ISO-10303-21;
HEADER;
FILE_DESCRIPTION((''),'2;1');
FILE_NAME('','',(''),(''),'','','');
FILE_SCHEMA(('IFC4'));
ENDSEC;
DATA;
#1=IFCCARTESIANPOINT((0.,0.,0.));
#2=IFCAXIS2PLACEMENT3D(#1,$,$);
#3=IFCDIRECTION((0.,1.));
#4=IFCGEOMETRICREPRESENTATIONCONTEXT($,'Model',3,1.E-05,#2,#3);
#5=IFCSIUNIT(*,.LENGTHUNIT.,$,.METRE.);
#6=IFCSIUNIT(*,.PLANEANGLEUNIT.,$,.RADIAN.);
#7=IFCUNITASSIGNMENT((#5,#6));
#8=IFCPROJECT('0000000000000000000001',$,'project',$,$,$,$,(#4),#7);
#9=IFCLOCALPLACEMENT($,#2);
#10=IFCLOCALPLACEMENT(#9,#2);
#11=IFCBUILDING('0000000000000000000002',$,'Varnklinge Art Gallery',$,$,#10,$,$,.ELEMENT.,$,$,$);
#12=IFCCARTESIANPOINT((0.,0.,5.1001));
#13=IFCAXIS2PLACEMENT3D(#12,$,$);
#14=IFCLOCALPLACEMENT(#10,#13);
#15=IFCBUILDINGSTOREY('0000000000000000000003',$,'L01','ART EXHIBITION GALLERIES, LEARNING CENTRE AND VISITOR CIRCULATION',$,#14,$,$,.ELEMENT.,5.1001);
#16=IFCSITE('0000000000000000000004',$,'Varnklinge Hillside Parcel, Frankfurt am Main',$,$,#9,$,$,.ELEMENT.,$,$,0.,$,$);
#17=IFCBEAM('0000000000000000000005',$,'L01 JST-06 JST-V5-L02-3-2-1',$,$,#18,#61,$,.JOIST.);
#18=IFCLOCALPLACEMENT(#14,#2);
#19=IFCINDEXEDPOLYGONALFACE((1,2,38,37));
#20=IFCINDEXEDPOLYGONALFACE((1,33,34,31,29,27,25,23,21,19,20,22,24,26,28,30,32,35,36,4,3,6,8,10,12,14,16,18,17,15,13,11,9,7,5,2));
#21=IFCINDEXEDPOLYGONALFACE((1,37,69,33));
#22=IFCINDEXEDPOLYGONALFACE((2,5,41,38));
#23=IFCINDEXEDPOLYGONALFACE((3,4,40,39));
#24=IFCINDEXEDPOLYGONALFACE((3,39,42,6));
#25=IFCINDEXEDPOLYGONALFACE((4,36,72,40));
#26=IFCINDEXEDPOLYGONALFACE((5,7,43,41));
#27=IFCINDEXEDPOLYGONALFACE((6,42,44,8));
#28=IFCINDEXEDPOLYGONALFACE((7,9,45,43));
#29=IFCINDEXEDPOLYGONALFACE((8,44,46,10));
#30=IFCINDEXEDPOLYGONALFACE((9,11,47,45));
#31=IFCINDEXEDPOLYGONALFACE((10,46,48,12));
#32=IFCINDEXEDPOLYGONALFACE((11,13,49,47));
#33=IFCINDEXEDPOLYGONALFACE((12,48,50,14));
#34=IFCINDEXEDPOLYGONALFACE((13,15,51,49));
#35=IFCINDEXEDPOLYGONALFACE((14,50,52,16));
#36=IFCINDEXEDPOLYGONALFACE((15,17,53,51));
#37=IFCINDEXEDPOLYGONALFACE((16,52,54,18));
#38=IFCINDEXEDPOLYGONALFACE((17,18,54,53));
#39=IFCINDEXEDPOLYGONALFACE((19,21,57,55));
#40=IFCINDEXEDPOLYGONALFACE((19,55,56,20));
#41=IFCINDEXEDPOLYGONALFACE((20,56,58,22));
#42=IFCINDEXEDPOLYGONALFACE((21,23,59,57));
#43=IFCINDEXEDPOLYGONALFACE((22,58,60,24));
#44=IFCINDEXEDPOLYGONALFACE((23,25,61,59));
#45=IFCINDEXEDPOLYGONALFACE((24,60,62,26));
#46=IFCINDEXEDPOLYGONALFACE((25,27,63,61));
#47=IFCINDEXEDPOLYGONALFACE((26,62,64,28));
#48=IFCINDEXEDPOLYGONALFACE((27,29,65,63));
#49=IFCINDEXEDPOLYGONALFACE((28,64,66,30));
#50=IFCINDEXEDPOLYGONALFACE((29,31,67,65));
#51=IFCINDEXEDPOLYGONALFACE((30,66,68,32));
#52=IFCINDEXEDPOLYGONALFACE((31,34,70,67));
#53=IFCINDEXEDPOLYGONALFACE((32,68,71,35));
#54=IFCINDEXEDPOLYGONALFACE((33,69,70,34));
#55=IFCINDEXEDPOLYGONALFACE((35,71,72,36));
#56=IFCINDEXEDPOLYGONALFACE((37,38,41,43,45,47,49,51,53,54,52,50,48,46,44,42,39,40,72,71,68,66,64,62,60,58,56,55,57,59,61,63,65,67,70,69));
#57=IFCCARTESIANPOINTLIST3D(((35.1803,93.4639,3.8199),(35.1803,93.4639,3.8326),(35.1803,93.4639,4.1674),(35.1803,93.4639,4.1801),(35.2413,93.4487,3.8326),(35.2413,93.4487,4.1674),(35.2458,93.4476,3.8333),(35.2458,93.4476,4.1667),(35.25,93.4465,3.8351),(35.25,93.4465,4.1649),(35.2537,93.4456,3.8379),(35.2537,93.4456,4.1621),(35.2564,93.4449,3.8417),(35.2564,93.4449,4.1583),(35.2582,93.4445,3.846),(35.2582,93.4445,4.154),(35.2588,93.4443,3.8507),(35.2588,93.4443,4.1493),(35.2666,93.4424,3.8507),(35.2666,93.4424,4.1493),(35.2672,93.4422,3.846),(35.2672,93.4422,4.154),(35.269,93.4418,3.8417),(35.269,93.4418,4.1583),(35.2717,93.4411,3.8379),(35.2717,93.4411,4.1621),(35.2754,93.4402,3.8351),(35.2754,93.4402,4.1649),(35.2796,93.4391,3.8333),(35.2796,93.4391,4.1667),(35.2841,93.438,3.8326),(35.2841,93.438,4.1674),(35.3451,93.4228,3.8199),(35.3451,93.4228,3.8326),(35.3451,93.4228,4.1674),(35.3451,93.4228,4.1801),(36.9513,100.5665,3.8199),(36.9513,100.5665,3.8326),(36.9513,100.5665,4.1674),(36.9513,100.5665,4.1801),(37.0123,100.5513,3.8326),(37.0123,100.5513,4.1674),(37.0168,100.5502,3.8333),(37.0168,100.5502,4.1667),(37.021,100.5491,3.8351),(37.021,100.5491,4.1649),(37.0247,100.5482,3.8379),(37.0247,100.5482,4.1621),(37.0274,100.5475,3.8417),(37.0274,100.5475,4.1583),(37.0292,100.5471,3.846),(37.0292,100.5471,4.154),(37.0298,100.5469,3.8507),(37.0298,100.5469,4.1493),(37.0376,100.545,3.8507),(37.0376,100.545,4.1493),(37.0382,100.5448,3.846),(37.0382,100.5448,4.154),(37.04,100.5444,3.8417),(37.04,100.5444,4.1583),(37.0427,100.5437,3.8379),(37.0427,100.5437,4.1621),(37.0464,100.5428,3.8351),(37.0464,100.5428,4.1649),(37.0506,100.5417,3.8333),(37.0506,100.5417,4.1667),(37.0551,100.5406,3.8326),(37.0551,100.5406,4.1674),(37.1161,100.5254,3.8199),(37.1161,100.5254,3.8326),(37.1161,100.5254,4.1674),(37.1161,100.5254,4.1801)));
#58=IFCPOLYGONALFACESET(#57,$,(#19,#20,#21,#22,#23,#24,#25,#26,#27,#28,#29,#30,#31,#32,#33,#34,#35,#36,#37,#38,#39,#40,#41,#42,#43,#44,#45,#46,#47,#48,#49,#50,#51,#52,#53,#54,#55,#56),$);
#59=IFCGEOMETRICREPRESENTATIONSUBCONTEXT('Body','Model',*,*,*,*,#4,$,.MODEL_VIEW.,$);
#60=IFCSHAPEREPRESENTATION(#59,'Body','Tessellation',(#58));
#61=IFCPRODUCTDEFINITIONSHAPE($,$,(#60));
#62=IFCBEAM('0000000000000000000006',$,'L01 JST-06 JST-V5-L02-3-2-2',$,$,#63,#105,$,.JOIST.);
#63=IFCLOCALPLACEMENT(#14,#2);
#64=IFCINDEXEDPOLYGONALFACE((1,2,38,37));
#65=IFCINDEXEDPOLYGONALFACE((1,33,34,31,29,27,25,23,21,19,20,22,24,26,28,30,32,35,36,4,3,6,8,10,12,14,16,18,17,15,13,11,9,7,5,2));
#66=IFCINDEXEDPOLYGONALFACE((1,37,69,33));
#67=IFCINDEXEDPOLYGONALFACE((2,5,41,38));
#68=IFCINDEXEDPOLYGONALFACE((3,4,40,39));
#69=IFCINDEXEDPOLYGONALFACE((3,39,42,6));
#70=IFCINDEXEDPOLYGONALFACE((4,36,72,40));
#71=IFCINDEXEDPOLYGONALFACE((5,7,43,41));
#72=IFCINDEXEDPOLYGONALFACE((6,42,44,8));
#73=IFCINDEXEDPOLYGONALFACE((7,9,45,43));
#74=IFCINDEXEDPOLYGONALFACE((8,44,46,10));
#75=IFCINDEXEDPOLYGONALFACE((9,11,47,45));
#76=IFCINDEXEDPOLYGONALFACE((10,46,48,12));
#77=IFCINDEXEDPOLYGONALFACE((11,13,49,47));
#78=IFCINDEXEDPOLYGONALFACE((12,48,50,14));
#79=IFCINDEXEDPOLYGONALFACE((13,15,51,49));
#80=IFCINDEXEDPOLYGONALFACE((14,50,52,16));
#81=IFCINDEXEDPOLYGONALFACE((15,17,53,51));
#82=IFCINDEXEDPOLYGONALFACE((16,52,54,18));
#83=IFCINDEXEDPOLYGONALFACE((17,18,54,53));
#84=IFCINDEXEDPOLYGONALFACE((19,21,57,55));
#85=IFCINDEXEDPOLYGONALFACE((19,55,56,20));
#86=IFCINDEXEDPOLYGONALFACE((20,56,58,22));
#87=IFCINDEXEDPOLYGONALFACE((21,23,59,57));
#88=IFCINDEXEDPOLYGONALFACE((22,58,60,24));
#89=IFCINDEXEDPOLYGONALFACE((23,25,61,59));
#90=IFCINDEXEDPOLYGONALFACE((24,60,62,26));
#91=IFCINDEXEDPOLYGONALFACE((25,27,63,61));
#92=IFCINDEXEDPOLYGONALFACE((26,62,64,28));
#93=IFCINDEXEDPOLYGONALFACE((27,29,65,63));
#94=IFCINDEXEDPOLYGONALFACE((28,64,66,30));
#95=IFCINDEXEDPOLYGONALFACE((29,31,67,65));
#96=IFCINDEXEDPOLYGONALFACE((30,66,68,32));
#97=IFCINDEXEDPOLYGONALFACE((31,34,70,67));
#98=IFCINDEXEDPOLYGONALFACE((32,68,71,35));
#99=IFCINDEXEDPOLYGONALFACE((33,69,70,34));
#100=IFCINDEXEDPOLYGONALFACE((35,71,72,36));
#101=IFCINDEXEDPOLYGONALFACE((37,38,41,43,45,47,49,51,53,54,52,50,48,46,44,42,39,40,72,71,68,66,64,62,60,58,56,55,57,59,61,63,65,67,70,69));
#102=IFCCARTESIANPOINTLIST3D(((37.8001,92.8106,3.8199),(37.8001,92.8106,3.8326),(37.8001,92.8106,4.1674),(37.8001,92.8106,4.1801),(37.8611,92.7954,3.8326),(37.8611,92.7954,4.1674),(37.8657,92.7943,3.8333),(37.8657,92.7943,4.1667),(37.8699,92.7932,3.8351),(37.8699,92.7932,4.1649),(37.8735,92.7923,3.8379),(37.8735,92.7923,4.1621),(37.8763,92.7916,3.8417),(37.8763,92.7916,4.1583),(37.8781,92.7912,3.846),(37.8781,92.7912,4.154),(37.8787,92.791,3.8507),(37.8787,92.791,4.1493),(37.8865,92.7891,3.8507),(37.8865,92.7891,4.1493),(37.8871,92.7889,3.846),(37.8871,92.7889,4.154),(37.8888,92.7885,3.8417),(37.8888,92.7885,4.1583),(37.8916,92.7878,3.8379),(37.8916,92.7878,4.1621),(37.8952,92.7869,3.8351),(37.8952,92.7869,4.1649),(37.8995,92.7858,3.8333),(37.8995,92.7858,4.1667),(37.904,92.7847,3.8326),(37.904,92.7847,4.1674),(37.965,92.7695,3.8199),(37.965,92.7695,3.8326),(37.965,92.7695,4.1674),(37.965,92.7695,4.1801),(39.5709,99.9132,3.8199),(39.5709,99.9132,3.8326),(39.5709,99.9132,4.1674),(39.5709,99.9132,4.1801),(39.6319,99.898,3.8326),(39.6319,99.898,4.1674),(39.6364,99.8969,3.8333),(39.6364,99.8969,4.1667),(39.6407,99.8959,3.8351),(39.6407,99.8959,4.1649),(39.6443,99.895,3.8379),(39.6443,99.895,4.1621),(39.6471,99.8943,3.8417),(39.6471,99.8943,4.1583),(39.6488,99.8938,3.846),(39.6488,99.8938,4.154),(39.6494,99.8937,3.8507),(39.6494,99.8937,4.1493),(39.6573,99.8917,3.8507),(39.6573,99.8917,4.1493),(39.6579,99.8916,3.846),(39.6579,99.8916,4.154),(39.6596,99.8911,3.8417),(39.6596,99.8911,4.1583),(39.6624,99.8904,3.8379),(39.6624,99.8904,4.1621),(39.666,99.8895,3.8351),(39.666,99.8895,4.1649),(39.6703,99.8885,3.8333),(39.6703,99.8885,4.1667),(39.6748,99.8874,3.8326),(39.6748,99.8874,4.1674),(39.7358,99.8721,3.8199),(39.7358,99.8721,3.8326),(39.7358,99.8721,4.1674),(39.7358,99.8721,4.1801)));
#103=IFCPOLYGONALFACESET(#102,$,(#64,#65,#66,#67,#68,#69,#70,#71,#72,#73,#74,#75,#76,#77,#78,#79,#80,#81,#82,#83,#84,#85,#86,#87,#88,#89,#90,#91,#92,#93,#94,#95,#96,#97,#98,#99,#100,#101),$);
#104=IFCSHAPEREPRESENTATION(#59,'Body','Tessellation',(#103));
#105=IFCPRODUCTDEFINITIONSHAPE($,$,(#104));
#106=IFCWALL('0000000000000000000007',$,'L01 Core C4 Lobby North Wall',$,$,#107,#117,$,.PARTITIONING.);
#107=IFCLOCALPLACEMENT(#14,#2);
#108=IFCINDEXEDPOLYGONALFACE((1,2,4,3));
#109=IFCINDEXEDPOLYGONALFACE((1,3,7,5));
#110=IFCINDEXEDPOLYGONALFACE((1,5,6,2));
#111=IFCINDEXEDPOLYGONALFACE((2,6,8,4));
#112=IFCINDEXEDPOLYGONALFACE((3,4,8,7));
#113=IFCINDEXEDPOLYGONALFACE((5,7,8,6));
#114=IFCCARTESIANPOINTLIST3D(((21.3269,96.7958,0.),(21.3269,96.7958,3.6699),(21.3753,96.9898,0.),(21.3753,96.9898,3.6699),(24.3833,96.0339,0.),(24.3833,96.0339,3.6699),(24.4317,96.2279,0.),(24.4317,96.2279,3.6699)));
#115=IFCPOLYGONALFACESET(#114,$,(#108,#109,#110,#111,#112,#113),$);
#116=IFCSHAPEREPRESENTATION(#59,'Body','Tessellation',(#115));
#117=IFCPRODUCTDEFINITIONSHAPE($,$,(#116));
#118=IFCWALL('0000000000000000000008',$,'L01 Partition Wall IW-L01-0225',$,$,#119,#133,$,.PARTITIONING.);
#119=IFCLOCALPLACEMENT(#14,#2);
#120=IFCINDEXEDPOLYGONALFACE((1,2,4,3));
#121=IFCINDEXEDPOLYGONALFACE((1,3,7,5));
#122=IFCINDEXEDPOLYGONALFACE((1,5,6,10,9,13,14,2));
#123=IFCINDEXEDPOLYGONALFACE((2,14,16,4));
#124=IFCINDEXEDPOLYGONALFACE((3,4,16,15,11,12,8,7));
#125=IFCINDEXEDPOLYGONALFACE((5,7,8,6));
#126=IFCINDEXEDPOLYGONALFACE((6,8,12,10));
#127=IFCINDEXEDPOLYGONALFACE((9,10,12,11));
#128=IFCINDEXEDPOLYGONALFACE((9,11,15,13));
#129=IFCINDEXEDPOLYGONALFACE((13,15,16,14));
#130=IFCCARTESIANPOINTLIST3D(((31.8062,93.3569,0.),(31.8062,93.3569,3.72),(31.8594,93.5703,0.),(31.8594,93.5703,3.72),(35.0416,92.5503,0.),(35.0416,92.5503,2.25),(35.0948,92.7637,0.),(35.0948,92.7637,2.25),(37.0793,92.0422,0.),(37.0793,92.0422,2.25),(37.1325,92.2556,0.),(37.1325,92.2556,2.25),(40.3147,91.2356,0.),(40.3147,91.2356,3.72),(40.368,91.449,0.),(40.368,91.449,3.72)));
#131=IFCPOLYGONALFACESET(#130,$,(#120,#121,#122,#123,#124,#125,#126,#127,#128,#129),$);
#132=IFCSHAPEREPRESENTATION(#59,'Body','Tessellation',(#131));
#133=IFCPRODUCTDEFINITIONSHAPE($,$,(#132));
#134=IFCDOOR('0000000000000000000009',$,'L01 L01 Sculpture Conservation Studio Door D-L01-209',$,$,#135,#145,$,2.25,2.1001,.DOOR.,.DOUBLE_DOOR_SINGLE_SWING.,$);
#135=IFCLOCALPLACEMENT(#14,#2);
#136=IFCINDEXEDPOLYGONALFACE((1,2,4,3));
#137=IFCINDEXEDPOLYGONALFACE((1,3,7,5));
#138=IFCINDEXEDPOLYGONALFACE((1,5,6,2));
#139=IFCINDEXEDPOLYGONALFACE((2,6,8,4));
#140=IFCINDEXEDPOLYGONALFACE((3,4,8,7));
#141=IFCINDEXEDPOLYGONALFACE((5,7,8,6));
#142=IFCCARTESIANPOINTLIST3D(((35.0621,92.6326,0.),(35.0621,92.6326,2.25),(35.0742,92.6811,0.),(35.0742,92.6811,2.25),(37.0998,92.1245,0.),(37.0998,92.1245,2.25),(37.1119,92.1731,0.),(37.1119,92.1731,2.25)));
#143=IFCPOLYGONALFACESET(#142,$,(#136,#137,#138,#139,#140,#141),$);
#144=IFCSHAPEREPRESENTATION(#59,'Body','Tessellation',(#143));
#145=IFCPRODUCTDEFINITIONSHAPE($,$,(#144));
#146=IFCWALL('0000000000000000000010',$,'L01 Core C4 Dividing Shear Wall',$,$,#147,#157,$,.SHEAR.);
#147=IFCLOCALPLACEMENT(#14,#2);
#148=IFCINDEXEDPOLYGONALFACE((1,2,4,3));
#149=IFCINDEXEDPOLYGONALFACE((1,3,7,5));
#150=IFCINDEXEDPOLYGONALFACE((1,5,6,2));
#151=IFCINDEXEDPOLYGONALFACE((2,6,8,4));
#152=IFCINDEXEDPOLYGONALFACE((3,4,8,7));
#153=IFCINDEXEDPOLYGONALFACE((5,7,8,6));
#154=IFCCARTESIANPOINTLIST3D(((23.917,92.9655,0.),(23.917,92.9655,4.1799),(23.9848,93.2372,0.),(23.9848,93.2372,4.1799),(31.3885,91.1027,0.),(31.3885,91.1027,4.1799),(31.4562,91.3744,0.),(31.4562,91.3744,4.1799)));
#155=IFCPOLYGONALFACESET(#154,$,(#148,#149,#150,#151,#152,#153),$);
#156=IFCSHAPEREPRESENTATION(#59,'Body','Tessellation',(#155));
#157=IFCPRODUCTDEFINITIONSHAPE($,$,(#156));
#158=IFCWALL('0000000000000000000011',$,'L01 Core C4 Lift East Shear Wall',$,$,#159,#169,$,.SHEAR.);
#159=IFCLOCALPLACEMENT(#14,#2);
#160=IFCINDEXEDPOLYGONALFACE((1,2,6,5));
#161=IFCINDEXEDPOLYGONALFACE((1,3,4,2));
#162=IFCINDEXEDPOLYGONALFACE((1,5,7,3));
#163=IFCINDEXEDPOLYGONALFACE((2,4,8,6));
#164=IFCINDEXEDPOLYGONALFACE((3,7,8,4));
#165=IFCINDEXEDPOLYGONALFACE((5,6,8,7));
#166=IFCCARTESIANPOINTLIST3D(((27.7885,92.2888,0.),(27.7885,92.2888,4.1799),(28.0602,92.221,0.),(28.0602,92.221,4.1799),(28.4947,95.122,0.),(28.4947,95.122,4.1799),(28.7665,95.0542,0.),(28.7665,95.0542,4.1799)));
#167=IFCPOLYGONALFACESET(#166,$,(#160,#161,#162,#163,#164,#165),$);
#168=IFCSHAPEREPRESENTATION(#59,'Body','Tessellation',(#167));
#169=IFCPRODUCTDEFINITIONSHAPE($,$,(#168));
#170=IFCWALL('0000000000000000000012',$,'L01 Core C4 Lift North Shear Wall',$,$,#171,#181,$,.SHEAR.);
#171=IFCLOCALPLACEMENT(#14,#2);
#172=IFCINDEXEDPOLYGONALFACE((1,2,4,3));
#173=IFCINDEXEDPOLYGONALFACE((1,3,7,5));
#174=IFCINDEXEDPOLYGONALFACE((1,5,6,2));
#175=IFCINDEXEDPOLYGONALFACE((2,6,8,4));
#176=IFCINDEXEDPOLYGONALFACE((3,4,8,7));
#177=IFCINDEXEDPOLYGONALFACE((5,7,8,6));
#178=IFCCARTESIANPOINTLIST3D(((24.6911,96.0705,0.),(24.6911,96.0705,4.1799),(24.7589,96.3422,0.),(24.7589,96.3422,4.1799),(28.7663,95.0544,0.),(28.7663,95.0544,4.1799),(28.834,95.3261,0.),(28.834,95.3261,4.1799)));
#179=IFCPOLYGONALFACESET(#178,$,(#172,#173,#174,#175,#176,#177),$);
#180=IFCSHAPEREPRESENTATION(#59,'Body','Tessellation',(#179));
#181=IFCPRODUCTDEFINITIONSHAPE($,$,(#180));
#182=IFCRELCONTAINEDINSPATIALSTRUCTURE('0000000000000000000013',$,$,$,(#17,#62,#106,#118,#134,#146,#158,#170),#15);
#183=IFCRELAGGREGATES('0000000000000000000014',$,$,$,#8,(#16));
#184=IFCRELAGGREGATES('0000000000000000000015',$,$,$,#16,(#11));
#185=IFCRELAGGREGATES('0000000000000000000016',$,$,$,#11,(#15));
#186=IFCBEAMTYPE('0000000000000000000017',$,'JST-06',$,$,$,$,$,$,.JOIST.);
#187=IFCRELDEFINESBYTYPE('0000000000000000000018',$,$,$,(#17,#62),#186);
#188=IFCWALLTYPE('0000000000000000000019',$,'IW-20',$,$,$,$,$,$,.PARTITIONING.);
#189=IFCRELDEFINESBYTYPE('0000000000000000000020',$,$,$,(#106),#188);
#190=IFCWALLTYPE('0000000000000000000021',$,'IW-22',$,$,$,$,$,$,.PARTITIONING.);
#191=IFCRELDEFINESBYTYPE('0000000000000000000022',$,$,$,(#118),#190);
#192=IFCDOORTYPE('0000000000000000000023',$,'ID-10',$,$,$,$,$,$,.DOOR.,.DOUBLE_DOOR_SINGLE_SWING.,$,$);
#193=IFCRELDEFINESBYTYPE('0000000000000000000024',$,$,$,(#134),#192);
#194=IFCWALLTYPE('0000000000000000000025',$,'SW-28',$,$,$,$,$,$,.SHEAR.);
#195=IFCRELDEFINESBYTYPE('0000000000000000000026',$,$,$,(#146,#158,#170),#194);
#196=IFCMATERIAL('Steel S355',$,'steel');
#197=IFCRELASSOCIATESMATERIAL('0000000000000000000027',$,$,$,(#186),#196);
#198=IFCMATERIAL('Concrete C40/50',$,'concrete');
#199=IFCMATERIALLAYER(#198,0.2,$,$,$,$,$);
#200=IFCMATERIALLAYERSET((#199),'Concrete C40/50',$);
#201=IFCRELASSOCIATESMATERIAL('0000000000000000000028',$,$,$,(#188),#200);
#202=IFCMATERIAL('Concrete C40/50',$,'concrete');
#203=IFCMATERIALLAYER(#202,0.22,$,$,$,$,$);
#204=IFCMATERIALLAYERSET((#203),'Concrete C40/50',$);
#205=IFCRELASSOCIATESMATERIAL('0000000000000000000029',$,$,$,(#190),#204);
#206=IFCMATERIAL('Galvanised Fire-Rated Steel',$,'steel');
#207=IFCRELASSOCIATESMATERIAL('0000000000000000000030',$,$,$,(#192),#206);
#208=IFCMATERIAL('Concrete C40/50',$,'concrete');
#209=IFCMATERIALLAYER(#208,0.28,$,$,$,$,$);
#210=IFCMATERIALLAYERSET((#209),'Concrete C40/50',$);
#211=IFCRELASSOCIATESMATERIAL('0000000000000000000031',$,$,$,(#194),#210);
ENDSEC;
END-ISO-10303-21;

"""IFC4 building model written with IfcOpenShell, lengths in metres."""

from ifc_helpers import new_model, si_unit, direction, frame, frame_2d, origin, origin_2d, place, context, subcontext, project, spatial, rectangle, i_section, extrude, material, layer, layer_set, material_profile, profile_set, type_object, element, fill, save


model = new_model("IFC4")

# Units and contexts
model_context = context("Model", 3, precision=1e-05, world=origin(), true_north=direction((0.0, 1.0)))
body_context = subcontext(model_context, "Body", "Model", "MODEL_VIEW")
ifc_project = project(units=[si_unit("LENGTHUNIT", "METRE"), si_unit("PLANEANGLEUNIT", "RADIAN")], contexts=[model_context])

# Site, building, storey
site_placement = place(None, origin())
site = spatial("IfcSite", under=ifc_project, at=site_placement, Name="Varnklinge Hillside Parcel, Frankfurt am Main", CompositionType="ELEMENT", RefElevation=0.0)
building_placement = place(site_placement, origin())
building = spatial("IfcBuilding", under=site, at=building_placement, Name="Varnklinge Art Gallery", CompositionType="ELEMENT")
storey_placement = place(building_placement, frame((0.0, 0.0, 5.1001)))
storey = spatial("IfcBuildingStorey", under=building, at=storey_placement, Name="L01", Description="ART EXHIBITION GALLERIES, LEARNING CENTRE AND VISITOR CIRCULATION", CompositionType="ELEMENT", Elevation=5.1001)

# Beams
ifc_material_1 = material(Name="Steel S355", Category="steel")
ifc_material_profile_1 = material_profile(ifc_material_1, i_section(OverallWidth=0.1699, OverallDepth=0.3601, WebThickness=0.0081, FlangeThickness=0.0127, FilletRadius=0.0181, at=origin_2d()), Name="IPE 360")
ifc_profile_set_1 = profile_set([ifc_material_profile_1], Name="Steel S355")
beam_type_1 = type_object("IfcBeamType", Name="JST-06", PredefinedType="JOIST", material=ifc_profile_set_1)
for number, where, z_axis, x_axis, name in (
    (1, (35.2627, 93.4434, 4.0), (0.241939, 0.970291, 0.0), (-0.970291, 0.241939, 0.0), "L01 JST-06 JST-V5-L02-3-2-1"),
    (2, (37.8826, 92.79, 4.0), (0.241908, 0.970299, 0.0), (-0.970299, 0.241908, 0.0), "L01 JST-06 JST-V5-L02-3-2-2"),
):
    element("IfcBeam", number, at=place(storey_placement, frame(where, z_axis=z_axis, x_axis=x_axis)), inside=storey, type_object=beam_type_1, Name=name, PredefinedType="JOIST", context=body_context, shape_type="SweptSolid", body=[
        extrude(i_section(OverallWidth=0.1699, OverallDepth=0.3601, WebThickness=0.0081, FlangeThickness=0.0127, FilletRadius=0.0181, at=origin_2d()), origin(), (0.0, 0.0, 1.0), 7.3201),
    ])

# Wall
ifc_material_2 = material(Name="Concrete C40/50", Category="concrete")
ifc_layer_1 = layer(ifc_material_2, 0.2)
ifc_layer_set_1 = layer_set([ifc_layer_1], Name="Concrete C40/50")
wall_type_1 = type_object("IfcWallType", Name="IW-20", PredefinedType="PARTITIONING", material=ifc_layer_set_1)
wall_1_placement = place(storey_placement, frame((24.4075, 96.1309, 0.0), z_axis=(0.0, 0.0, 1.0), x_axis=(-0.970302, 0.241897, 0.0)))
element("IfcWall", 3, at=wall_1_placement, inside=storey, type_object=wall_type_1, Name="L01 Core C4 Lobby North Wall", PredefinedType="PARTITIONING", context=body_context, shape_type="SweptSolid", body=[
    extrude(rectangle(XDim=3.1499, YDim=0.2, at=frame_2d((1.575, 0.0))), origin(), (0.0, 0.0, 1.0), 3.6699),
])

# Wall, opening, door
ifc_material_3 = material(Name="Concrete C40/50", Category="concrete")
ifc_layer_2 = layer(ifc_material_3, 0.22)
ifc_layer_set_2 = layer_set([ifc_layer_2], Name="Concrete C40/50")
wall_type_2 = type_object("IfcWallType", Name="IW-22", PredefinedType="PARTITIONING", material=ifc_layer_set_2)
wall_2_placement = place(storey_placement, frame((31.8328, 93.4636, 0.0), z_axis=(0.0, 0.0, 1.0), x_axis=(0.970298, -0.241913, 0.0)))
wall_2 = element("IfcWall", 4, at=wall_2_placement, inside=storey, type_object=wall_type_2, Name="L01 Partition Wall IW-L01-0225", PredefinedType="PARTITIONING", context=body_context, shape_type="SweptSolid", body=[
    extrude(rectangle(XDim=8.769, YDim=0.22, at=frame_2d((4.3845, 0.0))), origin(), (0.0, 0.0, 1.0), 3.72),
])
opening_1_placement = place(wall_2_placement, frame((3.3345, 0.0, 0.0)))
opening_1 = element("IfcOpeningElement", 5, at=opening_1_placement, cuts=wall_2, PredefinedType="OPENING", context=body_context, shape_type="SweptSolid", body=[
    extrude(rectangle(XDim=2.1001, YDim=2.25, at=frame_2d((1.05, 1.125))), frame((0.0, 0.1199, 0.0), z_axis=(0.0, -1.0, 0.0), x_axis=(1.0, 0.0, 0.0)), (0.0, 0.0, 1.0), 0.24),
])
ifc_material_4 = material(Name="Galvanised Fire-Rated Steel", Category="steel")
door_type_1 = type_object("IfcDoorType", Name="ID-10", OperationType="DOUBLE_DOOR_SINGLE_SWING", PredefinedType="DOOR", material=ifc_material_4)
door_1_placement = place(opening_1_placement, origin())
door_1 = element("IfcDoor", 6, at=door_1_placement, inside=storey, type_object=door_type_1, Name="L01 L01 Sculpture Conservation Studio Door D-L01-209", OperationType="DOUBLE_DOOR_SINGLE_SWING", OverallHeight=2.25, OverallWidth=2.1001, PredefinedType="DOOR", context=body_context, shape_type="SweptSolid", body=[
    extrude(rectangle(XDim=2.1001, YDim=2.25, at=frame_2d((1.05, 1.125))), frame((0.0, 0.0249, 0.0), z_axis=(0.0, -1.0, 0.0), x_axis=(1.0, 0.0, 0.0)), (0.0, 0.0, 1.0), 0.05),
])
fill(opening_1, door_1)

# Walls
ifc_material_5 = material(Name="Concrete C40/50", Category="concrete")
ifc_layer_3 = layer(ifc_material_5, 0.28)
ifc_layer_set_3 = layer_set([ifc_layer_3], Name="Concrete C40/50")
wall_type_3 = type_object("IfcWallType", Name="SW-28", PredefinedType="SHEAR", material=ifc_layer_set_3)
wall_3_placement = place(storey_placement, frame((31.4224, 91.2385, 0.0), z_axis=(0.0, 0.0, 1.0), x_axis=(-0.970297, 0.241916, 0.0)))
element("IfcWall", 7, at=wall_3_placement, inside=storey, type_object=wall_type_3, Name="L01 Core C4 Dividing Shear Wall", PredefinedType="SHEAR", context=body_context, shape_type="SweptSolid", body=[
    extrude(rectangle(XDim=7.7002, YDim=0.28, at=frame_2d((3.8501, 0.0))), origin(), (0.0, 0.0, 1.0), 4.1799),
])
wall_4_placement = place(storey_placement, frame((27.9243, 92.2549, 0.0), z_axis=(0.0, 0.0, 1.0), x_axis=(0.241886, 0.970305, 0.0)))
element("IfcWall", 8, at=wall_4_placement, inside=storey, type_object=wall_type_3, Name="L01 Core C4 Lift East Shear Wall", PredefinedType="SHEAR", context=body_context, shape_type="SweptSolid", body=[
    extrude(rectangle(XDim=2.9199, YDim=0.28, at=frame_2d((1.46, 0.0))), origin(), (0.0, 0.0, 1.0), 4.1799),
])
wall_5_placement = place(storey_placement, frame((28.8003, 95.1902, 0.0), z_axis=(0.0, 0.0, 1.0), x_axis=(-0.970293, 0.241934, 0.0)))
element("IfcWall", 9, at=wall_5_placement, inside=storey, type_object=wall_type_3, Name="L01 Core C4 Lift North Shear Wall", PredefinedType="SHEAR", context=body_context, shape_type="SweptSolid", body=[
    extrude(rectangle(XDim=4.2, YDim=0.28, at=frame_2d((2.1001, 0.0))), origin(), (0.0, 0.0, 1.0), 4.1799),
])

save(model, "model.ifc")
